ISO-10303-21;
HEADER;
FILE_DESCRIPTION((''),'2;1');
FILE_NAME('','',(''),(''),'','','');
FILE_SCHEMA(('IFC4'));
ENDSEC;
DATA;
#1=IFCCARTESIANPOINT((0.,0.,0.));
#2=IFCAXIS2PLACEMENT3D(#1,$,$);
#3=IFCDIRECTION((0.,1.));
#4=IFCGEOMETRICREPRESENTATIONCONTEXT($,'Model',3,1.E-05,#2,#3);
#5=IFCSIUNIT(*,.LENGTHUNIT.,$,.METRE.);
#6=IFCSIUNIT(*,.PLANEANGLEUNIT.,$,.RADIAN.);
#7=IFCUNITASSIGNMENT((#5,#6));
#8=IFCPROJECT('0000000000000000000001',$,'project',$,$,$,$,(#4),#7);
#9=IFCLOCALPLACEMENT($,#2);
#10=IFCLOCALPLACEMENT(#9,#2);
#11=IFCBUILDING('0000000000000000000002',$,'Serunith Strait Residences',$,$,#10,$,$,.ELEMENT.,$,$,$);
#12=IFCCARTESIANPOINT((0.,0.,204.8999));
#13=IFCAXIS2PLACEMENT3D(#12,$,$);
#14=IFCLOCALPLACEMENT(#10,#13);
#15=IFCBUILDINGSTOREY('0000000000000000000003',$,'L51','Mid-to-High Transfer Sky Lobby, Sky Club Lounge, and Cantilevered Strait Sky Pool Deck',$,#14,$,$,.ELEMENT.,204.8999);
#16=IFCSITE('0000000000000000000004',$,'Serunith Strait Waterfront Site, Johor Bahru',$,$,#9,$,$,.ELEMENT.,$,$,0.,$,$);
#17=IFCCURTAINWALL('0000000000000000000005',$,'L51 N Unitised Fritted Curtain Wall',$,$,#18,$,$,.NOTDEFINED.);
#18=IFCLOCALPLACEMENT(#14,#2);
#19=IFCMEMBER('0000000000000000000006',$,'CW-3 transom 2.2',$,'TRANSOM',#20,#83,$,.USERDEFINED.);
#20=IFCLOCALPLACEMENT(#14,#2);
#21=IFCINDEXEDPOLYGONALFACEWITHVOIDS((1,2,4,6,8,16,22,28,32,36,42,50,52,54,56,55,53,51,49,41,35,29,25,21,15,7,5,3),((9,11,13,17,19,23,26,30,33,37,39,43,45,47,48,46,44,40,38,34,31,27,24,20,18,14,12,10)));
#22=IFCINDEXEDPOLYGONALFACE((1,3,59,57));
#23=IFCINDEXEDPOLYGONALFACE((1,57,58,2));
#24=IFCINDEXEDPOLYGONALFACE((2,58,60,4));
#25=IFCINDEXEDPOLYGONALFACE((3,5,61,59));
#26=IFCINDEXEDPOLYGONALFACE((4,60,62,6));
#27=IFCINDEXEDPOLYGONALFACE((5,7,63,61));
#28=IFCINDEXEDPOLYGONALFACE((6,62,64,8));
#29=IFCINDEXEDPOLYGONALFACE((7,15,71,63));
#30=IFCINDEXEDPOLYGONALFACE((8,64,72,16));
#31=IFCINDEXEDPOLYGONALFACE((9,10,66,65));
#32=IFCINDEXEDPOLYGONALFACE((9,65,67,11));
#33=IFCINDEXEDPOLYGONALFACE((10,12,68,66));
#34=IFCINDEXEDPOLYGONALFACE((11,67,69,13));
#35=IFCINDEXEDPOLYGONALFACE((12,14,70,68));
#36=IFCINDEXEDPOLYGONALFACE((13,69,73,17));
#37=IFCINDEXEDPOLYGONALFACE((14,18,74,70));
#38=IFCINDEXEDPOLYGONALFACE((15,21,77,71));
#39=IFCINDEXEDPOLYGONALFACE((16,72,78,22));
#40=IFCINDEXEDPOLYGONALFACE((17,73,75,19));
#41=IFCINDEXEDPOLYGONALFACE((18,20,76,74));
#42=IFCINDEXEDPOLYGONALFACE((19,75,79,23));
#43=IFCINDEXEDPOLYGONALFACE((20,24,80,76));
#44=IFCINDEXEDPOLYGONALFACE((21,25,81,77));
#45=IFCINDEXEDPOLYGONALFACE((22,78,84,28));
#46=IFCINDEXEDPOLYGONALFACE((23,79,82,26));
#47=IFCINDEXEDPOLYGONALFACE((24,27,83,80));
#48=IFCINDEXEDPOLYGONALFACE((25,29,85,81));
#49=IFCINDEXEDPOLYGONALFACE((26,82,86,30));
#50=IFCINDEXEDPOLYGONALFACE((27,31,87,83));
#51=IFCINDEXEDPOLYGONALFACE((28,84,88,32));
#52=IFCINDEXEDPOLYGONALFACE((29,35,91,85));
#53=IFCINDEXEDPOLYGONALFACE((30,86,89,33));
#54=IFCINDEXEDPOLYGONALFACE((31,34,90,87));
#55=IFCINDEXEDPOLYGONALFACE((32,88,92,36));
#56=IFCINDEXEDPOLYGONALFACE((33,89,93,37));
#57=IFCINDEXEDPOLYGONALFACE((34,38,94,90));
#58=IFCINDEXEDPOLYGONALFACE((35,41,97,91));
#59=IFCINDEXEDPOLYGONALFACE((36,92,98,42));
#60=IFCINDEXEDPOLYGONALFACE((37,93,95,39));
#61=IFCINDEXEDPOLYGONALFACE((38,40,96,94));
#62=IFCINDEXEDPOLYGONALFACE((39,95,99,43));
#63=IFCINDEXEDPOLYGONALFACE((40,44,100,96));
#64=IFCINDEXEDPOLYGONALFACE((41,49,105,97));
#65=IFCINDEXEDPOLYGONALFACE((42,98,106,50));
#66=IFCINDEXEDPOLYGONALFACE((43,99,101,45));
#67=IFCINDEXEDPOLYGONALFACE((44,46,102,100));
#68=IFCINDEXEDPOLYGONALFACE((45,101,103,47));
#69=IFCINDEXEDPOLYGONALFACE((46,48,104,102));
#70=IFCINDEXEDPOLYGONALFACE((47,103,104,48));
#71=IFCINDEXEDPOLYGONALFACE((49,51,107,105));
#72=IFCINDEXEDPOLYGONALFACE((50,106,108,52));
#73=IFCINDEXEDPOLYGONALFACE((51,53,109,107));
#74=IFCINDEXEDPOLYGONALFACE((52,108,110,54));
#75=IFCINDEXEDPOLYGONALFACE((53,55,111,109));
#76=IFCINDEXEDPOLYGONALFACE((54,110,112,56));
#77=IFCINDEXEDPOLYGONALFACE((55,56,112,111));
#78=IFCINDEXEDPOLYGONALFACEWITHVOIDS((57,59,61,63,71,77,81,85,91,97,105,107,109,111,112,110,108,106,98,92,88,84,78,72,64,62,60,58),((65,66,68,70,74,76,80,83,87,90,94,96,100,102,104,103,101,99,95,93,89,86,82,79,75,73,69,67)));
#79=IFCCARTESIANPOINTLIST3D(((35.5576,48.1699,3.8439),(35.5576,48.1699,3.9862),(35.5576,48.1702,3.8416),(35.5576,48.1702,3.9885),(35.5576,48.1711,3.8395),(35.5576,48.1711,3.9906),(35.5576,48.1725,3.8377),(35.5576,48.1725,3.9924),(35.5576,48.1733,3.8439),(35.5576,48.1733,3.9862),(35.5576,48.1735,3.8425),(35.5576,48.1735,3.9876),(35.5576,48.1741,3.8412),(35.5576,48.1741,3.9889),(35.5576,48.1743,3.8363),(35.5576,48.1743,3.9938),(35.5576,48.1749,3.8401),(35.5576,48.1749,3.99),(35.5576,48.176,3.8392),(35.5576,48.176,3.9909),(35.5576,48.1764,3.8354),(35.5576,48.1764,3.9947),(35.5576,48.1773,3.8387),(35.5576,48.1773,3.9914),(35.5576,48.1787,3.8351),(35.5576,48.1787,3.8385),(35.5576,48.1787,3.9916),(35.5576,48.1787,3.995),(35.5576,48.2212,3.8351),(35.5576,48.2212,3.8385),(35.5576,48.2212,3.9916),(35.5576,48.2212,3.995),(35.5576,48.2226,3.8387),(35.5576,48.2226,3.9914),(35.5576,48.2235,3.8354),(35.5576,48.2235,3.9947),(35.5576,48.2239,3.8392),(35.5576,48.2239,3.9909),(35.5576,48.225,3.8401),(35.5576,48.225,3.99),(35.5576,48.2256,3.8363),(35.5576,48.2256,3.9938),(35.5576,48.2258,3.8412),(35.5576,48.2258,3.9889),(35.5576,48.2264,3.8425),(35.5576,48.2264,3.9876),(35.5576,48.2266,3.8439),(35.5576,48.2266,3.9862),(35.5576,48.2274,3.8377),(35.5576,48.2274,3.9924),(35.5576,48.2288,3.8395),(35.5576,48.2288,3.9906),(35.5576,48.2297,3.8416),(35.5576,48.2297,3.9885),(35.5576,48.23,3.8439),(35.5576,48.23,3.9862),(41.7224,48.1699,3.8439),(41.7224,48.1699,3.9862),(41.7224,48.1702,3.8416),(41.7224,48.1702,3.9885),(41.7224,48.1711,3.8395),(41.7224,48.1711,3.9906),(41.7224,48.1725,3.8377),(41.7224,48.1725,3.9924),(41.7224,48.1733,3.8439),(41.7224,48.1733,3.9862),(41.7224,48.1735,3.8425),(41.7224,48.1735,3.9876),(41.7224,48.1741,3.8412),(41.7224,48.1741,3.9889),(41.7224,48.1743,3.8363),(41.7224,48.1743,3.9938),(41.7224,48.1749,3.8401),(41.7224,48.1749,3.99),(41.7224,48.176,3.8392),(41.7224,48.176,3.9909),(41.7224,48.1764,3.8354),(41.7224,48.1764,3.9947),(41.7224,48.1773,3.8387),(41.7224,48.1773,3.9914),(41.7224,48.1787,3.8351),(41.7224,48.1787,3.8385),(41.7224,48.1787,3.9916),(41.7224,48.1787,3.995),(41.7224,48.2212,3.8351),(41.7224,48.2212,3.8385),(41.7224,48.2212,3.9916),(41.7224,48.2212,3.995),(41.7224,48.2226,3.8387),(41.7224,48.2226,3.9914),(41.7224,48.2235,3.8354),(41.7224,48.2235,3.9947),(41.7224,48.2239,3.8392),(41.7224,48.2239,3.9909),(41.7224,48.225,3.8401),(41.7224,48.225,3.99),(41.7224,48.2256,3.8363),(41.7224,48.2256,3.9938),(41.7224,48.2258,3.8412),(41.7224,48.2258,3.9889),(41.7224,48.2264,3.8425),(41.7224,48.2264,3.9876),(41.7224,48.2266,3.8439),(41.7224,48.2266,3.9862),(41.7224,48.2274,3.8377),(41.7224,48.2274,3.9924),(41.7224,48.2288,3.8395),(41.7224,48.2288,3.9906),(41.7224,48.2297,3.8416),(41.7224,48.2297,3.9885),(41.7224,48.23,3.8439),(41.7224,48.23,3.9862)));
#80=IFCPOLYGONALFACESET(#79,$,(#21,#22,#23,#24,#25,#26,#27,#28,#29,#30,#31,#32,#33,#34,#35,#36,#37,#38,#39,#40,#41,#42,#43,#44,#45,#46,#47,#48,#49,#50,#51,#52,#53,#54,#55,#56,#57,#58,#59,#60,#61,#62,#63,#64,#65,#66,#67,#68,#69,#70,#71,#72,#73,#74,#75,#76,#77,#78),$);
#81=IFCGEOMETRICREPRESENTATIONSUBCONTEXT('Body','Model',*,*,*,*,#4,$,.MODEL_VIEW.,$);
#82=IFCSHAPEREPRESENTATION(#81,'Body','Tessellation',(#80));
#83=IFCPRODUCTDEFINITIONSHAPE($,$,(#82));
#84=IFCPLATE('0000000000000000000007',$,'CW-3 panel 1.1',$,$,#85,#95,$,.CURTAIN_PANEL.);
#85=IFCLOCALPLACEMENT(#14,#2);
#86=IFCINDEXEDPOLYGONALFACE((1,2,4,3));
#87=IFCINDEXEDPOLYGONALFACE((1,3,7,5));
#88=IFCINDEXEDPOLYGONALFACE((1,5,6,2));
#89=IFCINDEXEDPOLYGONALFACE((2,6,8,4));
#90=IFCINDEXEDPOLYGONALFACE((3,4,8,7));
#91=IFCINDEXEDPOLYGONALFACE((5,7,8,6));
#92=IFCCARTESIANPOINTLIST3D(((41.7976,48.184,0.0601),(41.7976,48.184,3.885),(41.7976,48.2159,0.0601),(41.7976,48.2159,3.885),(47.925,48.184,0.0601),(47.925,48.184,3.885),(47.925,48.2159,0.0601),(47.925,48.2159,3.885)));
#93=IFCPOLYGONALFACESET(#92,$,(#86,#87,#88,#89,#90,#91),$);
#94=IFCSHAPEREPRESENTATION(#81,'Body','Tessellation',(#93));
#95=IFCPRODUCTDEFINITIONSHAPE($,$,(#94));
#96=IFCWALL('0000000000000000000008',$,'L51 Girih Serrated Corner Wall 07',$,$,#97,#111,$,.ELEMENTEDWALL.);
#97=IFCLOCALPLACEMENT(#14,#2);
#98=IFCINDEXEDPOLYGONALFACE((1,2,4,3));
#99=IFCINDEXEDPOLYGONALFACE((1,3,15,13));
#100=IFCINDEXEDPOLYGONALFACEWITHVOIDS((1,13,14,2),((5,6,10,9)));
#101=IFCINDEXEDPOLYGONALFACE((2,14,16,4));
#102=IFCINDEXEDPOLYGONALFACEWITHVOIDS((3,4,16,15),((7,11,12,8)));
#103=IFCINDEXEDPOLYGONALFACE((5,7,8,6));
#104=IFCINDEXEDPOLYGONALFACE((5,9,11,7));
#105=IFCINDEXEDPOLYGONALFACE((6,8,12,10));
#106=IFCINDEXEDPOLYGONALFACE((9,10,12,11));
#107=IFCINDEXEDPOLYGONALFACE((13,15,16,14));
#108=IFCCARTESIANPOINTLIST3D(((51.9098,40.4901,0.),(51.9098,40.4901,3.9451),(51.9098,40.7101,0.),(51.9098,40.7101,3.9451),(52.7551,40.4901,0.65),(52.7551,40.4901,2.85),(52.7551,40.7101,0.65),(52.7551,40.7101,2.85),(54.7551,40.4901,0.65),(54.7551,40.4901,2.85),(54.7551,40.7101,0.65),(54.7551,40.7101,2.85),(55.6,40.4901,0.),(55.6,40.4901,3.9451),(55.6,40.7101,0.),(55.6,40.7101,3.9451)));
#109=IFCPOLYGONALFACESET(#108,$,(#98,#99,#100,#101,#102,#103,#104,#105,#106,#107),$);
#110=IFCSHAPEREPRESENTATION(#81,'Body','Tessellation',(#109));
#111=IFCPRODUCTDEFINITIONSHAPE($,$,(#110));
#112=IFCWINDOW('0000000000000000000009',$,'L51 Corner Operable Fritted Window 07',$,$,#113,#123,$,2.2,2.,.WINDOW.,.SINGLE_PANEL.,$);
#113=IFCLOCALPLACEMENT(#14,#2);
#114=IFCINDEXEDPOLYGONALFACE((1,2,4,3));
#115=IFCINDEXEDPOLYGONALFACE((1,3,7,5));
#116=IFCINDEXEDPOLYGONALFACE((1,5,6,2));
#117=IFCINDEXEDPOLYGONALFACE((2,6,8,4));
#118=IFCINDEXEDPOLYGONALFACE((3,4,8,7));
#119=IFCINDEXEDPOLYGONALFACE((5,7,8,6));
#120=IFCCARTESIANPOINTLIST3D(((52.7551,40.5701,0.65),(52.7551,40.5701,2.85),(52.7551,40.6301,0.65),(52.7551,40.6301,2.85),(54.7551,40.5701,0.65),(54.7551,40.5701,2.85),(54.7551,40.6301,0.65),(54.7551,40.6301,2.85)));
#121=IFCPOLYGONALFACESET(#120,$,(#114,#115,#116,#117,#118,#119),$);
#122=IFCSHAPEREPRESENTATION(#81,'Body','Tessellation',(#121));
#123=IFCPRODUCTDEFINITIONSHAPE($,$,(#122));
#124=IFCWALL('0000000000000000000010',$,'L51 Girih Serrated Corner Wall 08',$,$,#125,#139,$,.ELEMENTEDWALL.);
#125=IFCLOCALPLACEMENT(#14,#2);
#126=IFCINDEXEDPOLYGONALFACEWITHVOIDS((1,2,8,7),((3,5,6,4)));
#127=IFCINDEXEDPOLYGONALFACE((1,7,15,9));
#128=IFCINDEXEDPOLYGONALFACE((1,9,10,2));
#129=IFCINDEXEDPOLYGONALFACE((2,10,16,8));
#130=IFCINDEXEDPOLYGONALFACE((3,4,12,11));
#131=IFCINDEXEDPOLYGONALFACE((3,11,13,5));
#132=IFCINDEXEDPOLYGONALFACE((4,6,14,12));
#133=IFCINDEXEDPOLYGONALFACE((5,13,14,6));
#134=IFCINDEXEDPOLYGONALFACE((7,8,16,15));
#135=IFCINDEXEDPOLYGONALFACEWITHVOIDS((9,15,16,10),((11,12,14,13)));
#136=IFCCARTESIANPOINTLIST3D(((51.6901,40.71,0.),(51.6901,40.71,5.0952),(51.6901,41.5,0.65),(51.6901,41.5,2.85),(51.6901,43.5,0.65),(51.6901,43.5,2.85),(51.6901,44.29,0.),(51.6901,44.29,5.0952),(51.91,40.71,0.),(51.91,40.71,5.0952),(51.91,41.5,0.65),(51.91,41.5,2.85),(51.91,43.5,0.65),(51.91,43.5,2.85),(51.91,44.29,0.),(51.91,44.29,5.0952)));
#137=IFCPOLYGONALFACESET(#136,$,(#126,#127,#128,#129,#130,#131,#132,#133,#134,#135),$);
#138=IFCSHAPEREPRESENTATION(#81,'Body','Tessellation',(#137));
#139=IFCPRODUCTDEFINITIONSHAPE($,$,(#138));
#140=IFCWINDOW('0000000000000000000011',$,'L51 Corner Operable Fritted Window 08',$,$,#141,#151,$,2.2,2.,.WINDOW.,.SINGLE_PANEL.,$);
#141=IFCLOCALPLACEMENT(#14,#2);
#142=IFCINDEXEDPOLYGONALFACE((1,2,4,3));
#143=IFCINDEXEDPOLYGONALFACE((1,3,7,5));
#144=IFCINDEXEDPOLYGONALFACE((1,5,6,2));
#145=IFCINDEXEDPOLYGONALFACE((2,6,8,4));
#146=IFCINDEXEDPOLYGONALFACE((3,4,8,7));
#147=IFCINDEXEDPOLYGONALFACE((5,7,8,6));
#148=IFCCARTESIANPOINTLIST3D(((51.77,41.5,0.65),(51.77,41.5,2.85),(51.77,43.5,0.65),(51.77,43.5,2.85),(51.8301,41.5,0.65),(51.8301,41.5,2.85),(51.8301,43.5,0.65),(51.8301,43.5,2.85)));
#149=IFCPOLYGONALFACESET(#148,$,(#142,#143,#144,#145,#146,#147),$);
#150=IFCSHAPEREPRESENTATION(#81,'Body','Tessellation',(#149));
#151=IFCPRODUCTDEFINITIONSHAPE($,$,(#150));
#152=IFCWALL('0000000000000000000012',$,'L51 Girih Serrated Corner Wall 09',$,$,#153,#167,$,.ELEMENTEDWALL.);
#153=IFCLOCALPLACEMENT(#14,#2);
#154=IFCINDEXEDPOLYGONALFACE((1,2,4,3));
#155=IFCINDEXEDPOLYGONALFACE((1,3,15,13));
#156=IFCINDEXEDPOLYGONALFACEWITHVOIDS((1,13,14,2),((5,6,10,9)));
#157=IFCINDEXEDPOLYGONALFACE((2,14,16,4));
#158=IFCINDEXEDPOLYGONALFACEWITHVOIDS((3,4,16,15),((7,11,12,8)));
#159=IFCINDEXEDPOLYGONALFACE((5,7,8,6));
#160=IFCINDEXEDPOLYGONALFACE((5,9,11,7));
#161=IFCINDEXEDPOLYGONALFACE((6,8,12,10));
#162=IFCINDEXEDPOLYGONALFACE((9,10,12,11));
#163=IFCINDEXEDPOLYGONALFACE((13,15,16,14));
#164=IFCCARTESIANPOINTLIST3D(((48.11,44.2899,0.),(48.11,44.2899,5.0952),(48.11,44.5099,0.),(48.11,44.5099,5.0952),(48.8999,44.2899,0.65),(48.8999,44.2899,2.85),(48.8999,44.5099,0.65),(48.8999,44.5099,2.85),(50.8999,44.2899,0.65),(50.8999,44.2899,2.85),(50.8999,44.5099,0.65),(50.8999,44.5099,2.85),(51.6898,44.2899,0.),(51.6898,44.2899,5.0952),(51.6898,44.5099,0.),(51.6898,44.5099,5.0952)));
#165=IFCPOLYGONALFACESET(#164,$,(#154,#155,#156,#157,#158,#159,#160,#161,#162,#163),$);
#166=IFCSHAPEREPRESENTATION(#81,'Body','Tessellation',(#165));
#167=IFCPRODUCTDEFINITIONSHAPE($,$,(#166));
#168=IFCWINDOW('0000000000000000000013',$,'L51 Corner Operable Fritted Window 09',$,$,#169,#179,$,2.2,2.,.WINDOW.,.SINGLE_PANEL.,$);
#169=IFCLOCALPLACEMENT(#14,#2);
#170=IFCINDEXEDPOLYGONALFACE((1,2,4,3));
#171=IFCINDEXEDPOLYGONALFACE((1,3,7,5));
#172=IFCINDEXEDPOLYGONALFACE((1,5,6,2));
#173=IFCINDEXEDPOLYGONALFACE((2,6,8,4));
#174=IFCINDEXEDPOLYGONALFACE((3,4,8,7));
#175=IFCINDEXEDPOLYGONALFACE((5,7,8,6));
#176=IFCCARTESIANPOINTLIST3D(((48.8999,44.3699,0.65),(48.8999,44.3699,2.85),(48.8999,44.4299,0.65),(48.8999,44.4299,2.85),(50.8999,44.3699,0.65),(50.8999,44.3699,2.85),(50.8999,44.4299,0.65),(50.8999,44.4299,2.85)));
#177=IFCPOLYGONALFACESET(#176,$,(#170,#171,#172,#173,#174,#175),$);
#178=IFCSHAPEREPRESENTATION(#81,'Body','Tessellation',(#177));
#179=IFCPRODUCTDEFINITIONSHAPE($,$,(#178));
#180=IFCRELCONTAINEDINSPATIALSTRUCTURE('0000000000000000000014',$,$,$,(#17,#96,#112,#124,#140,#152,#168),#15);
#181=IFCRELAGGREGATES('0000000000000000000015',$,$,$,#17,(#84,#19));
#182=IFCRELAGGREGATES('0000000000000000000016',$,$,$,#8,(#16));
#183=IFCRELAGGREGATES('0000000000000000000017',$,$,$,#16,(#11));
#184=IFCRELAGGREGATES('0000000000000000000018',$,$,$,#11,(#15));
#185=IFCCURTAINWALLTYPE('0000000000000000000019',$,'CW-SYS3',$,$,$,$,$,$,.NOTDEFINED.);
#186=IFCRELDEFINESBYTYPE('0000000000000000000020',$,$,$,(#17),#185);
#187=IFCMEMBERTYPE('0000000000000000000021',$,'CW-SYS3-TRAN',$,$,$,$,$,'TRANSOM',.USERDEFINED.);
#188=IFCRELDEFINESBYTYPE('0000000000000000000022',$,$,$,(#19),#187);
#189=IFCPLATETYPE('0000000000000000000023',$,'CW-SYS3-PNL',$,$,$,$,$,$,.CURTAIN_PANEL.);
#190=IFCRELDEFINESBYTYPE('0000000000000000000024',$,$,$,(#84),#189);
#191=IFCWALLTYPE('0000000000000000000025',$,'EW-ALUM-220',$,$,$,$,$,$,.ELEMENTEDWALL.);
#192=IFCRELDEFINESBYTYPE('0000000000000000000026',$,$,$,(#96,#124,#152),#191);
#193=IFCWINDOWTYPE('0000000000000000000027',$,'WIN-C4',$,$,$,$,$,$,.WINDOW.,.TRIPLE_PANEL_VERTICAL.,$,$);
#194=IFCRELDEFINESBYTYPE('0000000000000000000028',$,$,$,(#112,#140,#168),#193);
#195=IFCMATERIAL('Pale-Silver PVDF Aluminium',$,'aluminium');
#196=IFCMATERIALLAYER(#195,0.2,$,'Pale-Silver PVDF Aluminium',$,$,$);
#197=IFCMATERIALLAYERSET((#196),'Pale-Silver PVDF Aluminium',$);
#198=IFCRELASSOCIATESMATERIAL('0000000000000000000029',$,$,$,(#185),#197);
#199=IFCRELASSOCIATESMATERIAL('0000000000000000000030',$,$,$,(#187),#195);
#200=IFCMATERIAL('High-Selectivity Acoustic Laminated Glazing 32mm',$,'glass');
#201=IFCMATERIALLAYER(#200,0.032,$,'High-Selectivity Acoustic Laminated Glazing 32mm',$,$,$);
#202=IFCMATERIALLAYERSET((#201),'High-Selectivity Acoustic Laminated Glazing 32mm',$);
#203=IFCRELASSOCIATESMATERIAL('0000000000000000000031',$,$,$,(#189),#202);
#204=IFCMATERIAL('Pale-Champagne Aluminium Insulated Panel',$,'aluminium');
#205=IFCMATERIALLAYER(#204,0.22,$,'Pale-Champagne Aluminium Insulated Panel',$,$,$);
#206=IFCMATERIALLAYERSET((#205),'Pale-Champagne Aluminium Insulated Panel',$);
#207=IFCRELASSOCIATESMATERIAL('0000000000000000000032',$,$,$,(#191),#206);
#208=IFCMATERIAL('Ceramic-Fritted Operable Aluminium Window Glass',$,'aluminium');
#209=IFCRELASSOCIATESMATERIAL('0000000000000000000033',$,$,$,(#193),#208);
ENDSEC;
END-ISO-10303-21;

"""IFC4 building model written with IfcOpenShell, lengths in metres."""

from ifc_helpers import new_model, si_unit, direction, frame, frame_2d, origin, origin_2d, place, context, subcontext, project, spatial, rectangle, hollow_rectangle, extrude, source, transform, mapped, material, layer, layer_set, material_profile, profile_set, type_object, element, fill, aggregate, save


model = new_model("IFC4")

# Units and contexts
model_context = context("Model", 3, precision=1e-05, world=origin(), true_north=direction((0.0, 1.0)))
body_context = subcontext(model_context, "Body", "Model", "MODEL_VIEW")
ifc_project = project(units=[si_unit("LENGTHUNIT", "METRE"), si_unit("PLANEANGLEUNIT", "RADIAN")], contexts=[model_context])

# Site, building, storey
site_placement = place(None, origin())
site = spatial("IfcSite", under=ifc_project, at=site_placement, Name="Serunith Strait Waterfront Site, Johor Bahru", CompositionType="ELEMENT", RefElevation=0.0)
building_placement = place(site_placement, origin())
building = spatial("IfcBuilding", under=site, at=building_placement, Name="Serunith Strait Residences", CompositionType="ELEMENT")
storey_placement = place(building_placement, frame((0.0, 0.0, 204.8999)))
storey = spatial("IfcBuildingStorey", under=building, at=storey_placement, Name="L51", Description="Mid-to-High Transfer Sky Lobby, Sky Club Lounge, and Cantilevered Strait Sky Pool Deck", CompositionType="ELEMENT", Elevation=204.8999)

# Curtain wall
ifc_material_1 = material(Name="Pale-Silver PVDF Aluminium", Category="aluminium")
ifc_layer_1 = layer(ifc_material_1, 0.2, Name="Pale-Silver PVDF Aluminium")
ifc_layer_set_1 = layer_set([ifc_layer_1], Name="Pale-Silver PVDF Aluminium")
curtain_wall_type = type_object("IfcCurtainWallType", Name="CW-SYS3", PredefinedType="NOTDEFINED", material=ifc_layer_set_1)
curtain_wall_1_placement = place(storey_placement, origin())
curtain_wall_1 = element("IfcCurtainWall", 1, at=curtain_wall_1_placement, inside=storey, type_object=curtain_wall_type, Name="L51 N Unitised Fritted Curtain Wall", PredefinedType="NOTDEFINED")

# Member
ifc_material_profile_1 = material_profile(ifc_material_1, hollow_rectangle(XDim=0.0601, YDim=0.1599, WallThickness=0.0034, InnerFilletRadius=0.0054, OuterFilletRadius=0.0088, at=origin_2d()), Name="ALU 160x60x3.5")
ifc_profile_set_1 = profile_set([ifc_material_profile_1], Name="Pale-Silver PVDF Aluminium")
member_type_1 = type_object("IfcMemberType", Name="CW-SYS3-TRAN", ElementType="TRANSOM", PredefinedType="USERDEFINED", material=ifc_profile_set_1)
shared_shape_1 = source(origin(), body_context, "Body", "SweptSolid", [
    extrude(hollow_rectangle(XDim=0.0601, YDim=0.1599, WallThickness=0.0034, InnerFilletRadius=0.0054, OuterFilletRadius=0.0088, at=origin_2d()), origin(), (0.0, 0.0, 1.0), 6.1648),
])
member_1_placement = place(storey_placement, frame((41.7224, 48.2, 3.915), z_axis=(-1.0, 0.0, 0.0), x_axis=(0.0, -1.0, 0.0)))
member_1 = element("IfcMember", 2, at=member_1_placement, type_object=member_type_1, Name="CW-3 transom 2.2", ObjectType="TRANSOM", PredefinedType="USERDEFINED", context=body_context, shape_type="MappedRepresentation", body=[
    mapped(shared_shape_1, transform((0.0, 0.0, 0.0), scale=1.0)),
])

# Plate
ifc_material_2 = material(Name="High-Selectivity Acoustic Laminated Glazing 32mm", Category="glass")
ifc_layer_2 = layer(ifc_material_2, 0.032, Name="High-Selectivity Acoustic Laminated Glazing 32mm")
ifc_layer_set_2 = layer_set([ifc_layer_2], Name="High-Selectivity Acoustic Laminated Glazing 32mm")
plate_type = type_object("IfcPlateType", Name="CW-SYS3-PNL", PredefinedType="CURTAIN_PANEL", material=ifc_layer_set_2)
shared_shape_2 = source(origin(), body_context, "Body", "SweptSolid", [
    extrude(rectangle(XDim=6.1274, YDim=0.032, at=origin_2d()), origin(), (0.0, 0.0, 1.0), 3.825),
])
plate_placement = place(storey_placement, frame((44.8613, 48.2, 0.0601), z_axis=(0.0, 0.0, 1.0), x_axis=(-1.0, 0.0, 0.0)))
plate = element("IfcPlate", 3, at=plate_placement, type_object=plate_type, Name="CW-3 panel 1.1", PredefinedType="CURTAIN_PANEL", context=body_context, shape_type="MappedRepresentation", body=[
    mapped(shared_shape_2, transform((0.0, 0.0, 0.0), scale=1.0)),
])
aggregate(curtain_wall_1, [plate, member_1])

# Walls, openings, windows
ifc_material_3 = material(Name="Pale-Champagne Aluminium Insulated Panel", Category="aluminium")
ifc_layer_3 = layer(ifc_material_3, 0.22, Name="Pale-Champagne Aluminium Insulated Panel")
ifc_layer_set_3 = layer_set([ifc_layer_3], Name="Pale-Champagne Aluminium Insulated Panel")
wall_type = type_object("IfcWallType", Name="EW-ALUM-220", PredefinedType="ELEMENTEDWALL", material=ifc_layer_set_3)
wall_1_placement = place(storey_placement, frame((55.6001, 40.6001, 0.0), z_axis=(0.0, 0.0, 1.0), x_axis=(-1.0, 0.0, 0.0)))
wall_1 = element("IfcWall", 4, at=wall_1_placement, inside=storey, type_object=wall_type, Name="L51 Girih Serrated Corner Wall 07", PredefinedType="ELEMENTEDWALL", context=body_context, shape_type="SweptSolid", body=[
    extrude(rectangle(XDim=3.6902, YDim=0.22, at=frame_2d((1.8452, 0.0))), origin(), (0.0, 0.0, 1.0), 3.9451),
])
opening_1_placement = place(wall_1_placement, frame((0.845, 0.0, 0.6499)))
opening_1 = element("IfcOpeningElement", 5, at=opening_1_placement, cuts=wall_1, PredefinedType="OPENING", context=body_context, shape_type="SweptSolid", body=[
    extrude(rectangle(XDim=2.0, YDim=2.2, at=frame_2d((1.0, 1.1001))), frame((0.0, 0.1201, 0.0), z_axis=(0.0, -1.0, 0.0), x_axis=(1.0, 0.0, 0.0)), (0.0, 0.0, 1.0), 0.24),
])
ifc_material_4 = material(Name="Ceramic-Fritted Operable Aluminium Window Glass", Category="aluminium")
window_type = type_object("IfcWindowType", Name="WIN-C4", PartitioningType="TRIPLE_PANEL_VERTICAL", PredefinedType="WINDOW", material=ifc_material_4)
shared_shape_3 = source(origin(), body_context, "Body", "SweptSolid", [
    extrude(rectangle(XDim=2.0, YDim=2.2, at=frame_2d((1.0, 1.1001))), frame((0.0, 0.03, 0.0), z_axis=(0.0, -1.0, 0.0), x_axis=(1.0, 0.0, 0.0)), (0.0, 0.0, 1.0), 0.0601),
])
window_1_placement = place(opening_1_placement, origin())
window_1 = element("IfcWindow", 6, at=window_1_placement, inside=storey, type_object=window_type, Name="L51 Corner Operable Fritted Window 07", OverallHeight=2.2, OverallWidth=2.0, PartitioningType="SINGLE_PANEL", PredefinedType="WINDOW", context=body_context, shape_type="MappedRepresentation", body=[
    mapped(shared_shape_3, transform((0.0, 0.0, 0.0), scale=1.0)),
])
fill(opening_1, window_1)
wall_2_placement = place(storey_placement, frame((51.8, 40.71, 0.0), z_axis=(0.0, 0.0, 1.0), x_axis=(0.0, 1.0, 0.0)))
wall_2 = element("IfcWall", 7, at=wall_2_placement, inside=storey, type_object=wall_type, Name="L51 Girih Serrated Corner Wall 08", PredefinedType="ELEMENTEDWALL", context=body_context, shape_type="SweptSolid", body=[
    extrude(rectangle(XDim=3.5801, YDim=0.22, at=frame_2d((1.79, 0.0))), origin(), (0.0, 0.0, 1.0), 5.0952),
])
opening_2_placement = place(wall_2_placement, frame((0.79, 0.0, 0.6499)))
opening_2 = element("IfcOpeningElement", 8, at=opening_2_placement, cuts=wall_2, PredefinedType="OPENING", context=body_context, shape_type="SweptSolid", body=[
    extrude(rectangle(XDim=2.0, YDim=2.2, at=frame_2d((1.0, 1.1001))), frame((0.0, 0.1201, 0.0), z_axis=(0.0, -1.0, 0.0), x_axis=(1.0, 0.0, 0.0)), (0.0, 0.0, 1.0), 0.24),
])
window_2_placement = place(opening_2_placement, origin())
window_2 = element("IfcWindow", 9, at=window_2_placement, inside=storey, type_object=window_type, Name="L51 Corner Operable Fritted Window 08", OverallHeight=2.2, OverallWidth=2.0, PartitioningType="SINGLE_PANEL", PredefinedType="WINDOW", context=body_context, shape_type="MappedRepresentation", body=[
    mapped(shared_shape_3, transform((0.0, 0.0, 0.0), scale=1.0)),
])
fill(opening_2, window_2)
wall_3_placement = place(storey_placement, frame((51.6899, 44.3999, 0.0), z_axis=(0.0, 0.0, 1.0), x_axis=(-1.0, 0.0, 0.0)))
wall_3 = element("IfcWall", 10, at=wall_3_placement, inside=storey, type_object=wall_type, Name="L51 Girih Serrated Corner Wall 09", PredefinedType="ELEMENTEDWALL", context=body_context, shape_type="SweptSolid", body=[
    extrude(rectangle(XDim=3.5798, YDim=0.22, at=frame_2d((1.79, 0.0))), origin(), (0.0, 0.0, 1.0), 5.0952),
])
opening_3_placement = place(wall_3_placement, frame((0.79, 0.0, 0.6499)))
opening_3 = element("IfcOpeningElement", 11, at=opening_3_placement, cuts=wall_3, PredefinedType="OPENING", context=body_context, shape_type="SweptSolid", body=[
    extrude(rectangle(XDim=2.0, YDim=2.2, at=frame_2d((1.0, 1.1001))), frame((0.0, 0.1201, 0.0), z_axis=(0.0, -1.0, 0.0), x_axis=(1.0, 0.0, 0.0)), (0.0, 0.0, 1.0), 0.24),
])
window_3_placement = place(opening_3_placement, origin())
window_3 = element("IfcWindow", 12, at=window_3_placement, inside=storey, type_object=window_type, Name="L51 Corner Operable Fritted Window 09", OverallHeight=2.2, OverallWidth=2.0, PartitioningType="SINGLE_PANEL", PredefinedType="WINDOW", context=body_context, shape_type="MappedRepresentation", body=[
    mapped(shared_shape_3, transform((0.0, 0.0, 0.0), scale=1.0)),
])
fill(opening_3, window_3)

save(model, "model.ifc")
